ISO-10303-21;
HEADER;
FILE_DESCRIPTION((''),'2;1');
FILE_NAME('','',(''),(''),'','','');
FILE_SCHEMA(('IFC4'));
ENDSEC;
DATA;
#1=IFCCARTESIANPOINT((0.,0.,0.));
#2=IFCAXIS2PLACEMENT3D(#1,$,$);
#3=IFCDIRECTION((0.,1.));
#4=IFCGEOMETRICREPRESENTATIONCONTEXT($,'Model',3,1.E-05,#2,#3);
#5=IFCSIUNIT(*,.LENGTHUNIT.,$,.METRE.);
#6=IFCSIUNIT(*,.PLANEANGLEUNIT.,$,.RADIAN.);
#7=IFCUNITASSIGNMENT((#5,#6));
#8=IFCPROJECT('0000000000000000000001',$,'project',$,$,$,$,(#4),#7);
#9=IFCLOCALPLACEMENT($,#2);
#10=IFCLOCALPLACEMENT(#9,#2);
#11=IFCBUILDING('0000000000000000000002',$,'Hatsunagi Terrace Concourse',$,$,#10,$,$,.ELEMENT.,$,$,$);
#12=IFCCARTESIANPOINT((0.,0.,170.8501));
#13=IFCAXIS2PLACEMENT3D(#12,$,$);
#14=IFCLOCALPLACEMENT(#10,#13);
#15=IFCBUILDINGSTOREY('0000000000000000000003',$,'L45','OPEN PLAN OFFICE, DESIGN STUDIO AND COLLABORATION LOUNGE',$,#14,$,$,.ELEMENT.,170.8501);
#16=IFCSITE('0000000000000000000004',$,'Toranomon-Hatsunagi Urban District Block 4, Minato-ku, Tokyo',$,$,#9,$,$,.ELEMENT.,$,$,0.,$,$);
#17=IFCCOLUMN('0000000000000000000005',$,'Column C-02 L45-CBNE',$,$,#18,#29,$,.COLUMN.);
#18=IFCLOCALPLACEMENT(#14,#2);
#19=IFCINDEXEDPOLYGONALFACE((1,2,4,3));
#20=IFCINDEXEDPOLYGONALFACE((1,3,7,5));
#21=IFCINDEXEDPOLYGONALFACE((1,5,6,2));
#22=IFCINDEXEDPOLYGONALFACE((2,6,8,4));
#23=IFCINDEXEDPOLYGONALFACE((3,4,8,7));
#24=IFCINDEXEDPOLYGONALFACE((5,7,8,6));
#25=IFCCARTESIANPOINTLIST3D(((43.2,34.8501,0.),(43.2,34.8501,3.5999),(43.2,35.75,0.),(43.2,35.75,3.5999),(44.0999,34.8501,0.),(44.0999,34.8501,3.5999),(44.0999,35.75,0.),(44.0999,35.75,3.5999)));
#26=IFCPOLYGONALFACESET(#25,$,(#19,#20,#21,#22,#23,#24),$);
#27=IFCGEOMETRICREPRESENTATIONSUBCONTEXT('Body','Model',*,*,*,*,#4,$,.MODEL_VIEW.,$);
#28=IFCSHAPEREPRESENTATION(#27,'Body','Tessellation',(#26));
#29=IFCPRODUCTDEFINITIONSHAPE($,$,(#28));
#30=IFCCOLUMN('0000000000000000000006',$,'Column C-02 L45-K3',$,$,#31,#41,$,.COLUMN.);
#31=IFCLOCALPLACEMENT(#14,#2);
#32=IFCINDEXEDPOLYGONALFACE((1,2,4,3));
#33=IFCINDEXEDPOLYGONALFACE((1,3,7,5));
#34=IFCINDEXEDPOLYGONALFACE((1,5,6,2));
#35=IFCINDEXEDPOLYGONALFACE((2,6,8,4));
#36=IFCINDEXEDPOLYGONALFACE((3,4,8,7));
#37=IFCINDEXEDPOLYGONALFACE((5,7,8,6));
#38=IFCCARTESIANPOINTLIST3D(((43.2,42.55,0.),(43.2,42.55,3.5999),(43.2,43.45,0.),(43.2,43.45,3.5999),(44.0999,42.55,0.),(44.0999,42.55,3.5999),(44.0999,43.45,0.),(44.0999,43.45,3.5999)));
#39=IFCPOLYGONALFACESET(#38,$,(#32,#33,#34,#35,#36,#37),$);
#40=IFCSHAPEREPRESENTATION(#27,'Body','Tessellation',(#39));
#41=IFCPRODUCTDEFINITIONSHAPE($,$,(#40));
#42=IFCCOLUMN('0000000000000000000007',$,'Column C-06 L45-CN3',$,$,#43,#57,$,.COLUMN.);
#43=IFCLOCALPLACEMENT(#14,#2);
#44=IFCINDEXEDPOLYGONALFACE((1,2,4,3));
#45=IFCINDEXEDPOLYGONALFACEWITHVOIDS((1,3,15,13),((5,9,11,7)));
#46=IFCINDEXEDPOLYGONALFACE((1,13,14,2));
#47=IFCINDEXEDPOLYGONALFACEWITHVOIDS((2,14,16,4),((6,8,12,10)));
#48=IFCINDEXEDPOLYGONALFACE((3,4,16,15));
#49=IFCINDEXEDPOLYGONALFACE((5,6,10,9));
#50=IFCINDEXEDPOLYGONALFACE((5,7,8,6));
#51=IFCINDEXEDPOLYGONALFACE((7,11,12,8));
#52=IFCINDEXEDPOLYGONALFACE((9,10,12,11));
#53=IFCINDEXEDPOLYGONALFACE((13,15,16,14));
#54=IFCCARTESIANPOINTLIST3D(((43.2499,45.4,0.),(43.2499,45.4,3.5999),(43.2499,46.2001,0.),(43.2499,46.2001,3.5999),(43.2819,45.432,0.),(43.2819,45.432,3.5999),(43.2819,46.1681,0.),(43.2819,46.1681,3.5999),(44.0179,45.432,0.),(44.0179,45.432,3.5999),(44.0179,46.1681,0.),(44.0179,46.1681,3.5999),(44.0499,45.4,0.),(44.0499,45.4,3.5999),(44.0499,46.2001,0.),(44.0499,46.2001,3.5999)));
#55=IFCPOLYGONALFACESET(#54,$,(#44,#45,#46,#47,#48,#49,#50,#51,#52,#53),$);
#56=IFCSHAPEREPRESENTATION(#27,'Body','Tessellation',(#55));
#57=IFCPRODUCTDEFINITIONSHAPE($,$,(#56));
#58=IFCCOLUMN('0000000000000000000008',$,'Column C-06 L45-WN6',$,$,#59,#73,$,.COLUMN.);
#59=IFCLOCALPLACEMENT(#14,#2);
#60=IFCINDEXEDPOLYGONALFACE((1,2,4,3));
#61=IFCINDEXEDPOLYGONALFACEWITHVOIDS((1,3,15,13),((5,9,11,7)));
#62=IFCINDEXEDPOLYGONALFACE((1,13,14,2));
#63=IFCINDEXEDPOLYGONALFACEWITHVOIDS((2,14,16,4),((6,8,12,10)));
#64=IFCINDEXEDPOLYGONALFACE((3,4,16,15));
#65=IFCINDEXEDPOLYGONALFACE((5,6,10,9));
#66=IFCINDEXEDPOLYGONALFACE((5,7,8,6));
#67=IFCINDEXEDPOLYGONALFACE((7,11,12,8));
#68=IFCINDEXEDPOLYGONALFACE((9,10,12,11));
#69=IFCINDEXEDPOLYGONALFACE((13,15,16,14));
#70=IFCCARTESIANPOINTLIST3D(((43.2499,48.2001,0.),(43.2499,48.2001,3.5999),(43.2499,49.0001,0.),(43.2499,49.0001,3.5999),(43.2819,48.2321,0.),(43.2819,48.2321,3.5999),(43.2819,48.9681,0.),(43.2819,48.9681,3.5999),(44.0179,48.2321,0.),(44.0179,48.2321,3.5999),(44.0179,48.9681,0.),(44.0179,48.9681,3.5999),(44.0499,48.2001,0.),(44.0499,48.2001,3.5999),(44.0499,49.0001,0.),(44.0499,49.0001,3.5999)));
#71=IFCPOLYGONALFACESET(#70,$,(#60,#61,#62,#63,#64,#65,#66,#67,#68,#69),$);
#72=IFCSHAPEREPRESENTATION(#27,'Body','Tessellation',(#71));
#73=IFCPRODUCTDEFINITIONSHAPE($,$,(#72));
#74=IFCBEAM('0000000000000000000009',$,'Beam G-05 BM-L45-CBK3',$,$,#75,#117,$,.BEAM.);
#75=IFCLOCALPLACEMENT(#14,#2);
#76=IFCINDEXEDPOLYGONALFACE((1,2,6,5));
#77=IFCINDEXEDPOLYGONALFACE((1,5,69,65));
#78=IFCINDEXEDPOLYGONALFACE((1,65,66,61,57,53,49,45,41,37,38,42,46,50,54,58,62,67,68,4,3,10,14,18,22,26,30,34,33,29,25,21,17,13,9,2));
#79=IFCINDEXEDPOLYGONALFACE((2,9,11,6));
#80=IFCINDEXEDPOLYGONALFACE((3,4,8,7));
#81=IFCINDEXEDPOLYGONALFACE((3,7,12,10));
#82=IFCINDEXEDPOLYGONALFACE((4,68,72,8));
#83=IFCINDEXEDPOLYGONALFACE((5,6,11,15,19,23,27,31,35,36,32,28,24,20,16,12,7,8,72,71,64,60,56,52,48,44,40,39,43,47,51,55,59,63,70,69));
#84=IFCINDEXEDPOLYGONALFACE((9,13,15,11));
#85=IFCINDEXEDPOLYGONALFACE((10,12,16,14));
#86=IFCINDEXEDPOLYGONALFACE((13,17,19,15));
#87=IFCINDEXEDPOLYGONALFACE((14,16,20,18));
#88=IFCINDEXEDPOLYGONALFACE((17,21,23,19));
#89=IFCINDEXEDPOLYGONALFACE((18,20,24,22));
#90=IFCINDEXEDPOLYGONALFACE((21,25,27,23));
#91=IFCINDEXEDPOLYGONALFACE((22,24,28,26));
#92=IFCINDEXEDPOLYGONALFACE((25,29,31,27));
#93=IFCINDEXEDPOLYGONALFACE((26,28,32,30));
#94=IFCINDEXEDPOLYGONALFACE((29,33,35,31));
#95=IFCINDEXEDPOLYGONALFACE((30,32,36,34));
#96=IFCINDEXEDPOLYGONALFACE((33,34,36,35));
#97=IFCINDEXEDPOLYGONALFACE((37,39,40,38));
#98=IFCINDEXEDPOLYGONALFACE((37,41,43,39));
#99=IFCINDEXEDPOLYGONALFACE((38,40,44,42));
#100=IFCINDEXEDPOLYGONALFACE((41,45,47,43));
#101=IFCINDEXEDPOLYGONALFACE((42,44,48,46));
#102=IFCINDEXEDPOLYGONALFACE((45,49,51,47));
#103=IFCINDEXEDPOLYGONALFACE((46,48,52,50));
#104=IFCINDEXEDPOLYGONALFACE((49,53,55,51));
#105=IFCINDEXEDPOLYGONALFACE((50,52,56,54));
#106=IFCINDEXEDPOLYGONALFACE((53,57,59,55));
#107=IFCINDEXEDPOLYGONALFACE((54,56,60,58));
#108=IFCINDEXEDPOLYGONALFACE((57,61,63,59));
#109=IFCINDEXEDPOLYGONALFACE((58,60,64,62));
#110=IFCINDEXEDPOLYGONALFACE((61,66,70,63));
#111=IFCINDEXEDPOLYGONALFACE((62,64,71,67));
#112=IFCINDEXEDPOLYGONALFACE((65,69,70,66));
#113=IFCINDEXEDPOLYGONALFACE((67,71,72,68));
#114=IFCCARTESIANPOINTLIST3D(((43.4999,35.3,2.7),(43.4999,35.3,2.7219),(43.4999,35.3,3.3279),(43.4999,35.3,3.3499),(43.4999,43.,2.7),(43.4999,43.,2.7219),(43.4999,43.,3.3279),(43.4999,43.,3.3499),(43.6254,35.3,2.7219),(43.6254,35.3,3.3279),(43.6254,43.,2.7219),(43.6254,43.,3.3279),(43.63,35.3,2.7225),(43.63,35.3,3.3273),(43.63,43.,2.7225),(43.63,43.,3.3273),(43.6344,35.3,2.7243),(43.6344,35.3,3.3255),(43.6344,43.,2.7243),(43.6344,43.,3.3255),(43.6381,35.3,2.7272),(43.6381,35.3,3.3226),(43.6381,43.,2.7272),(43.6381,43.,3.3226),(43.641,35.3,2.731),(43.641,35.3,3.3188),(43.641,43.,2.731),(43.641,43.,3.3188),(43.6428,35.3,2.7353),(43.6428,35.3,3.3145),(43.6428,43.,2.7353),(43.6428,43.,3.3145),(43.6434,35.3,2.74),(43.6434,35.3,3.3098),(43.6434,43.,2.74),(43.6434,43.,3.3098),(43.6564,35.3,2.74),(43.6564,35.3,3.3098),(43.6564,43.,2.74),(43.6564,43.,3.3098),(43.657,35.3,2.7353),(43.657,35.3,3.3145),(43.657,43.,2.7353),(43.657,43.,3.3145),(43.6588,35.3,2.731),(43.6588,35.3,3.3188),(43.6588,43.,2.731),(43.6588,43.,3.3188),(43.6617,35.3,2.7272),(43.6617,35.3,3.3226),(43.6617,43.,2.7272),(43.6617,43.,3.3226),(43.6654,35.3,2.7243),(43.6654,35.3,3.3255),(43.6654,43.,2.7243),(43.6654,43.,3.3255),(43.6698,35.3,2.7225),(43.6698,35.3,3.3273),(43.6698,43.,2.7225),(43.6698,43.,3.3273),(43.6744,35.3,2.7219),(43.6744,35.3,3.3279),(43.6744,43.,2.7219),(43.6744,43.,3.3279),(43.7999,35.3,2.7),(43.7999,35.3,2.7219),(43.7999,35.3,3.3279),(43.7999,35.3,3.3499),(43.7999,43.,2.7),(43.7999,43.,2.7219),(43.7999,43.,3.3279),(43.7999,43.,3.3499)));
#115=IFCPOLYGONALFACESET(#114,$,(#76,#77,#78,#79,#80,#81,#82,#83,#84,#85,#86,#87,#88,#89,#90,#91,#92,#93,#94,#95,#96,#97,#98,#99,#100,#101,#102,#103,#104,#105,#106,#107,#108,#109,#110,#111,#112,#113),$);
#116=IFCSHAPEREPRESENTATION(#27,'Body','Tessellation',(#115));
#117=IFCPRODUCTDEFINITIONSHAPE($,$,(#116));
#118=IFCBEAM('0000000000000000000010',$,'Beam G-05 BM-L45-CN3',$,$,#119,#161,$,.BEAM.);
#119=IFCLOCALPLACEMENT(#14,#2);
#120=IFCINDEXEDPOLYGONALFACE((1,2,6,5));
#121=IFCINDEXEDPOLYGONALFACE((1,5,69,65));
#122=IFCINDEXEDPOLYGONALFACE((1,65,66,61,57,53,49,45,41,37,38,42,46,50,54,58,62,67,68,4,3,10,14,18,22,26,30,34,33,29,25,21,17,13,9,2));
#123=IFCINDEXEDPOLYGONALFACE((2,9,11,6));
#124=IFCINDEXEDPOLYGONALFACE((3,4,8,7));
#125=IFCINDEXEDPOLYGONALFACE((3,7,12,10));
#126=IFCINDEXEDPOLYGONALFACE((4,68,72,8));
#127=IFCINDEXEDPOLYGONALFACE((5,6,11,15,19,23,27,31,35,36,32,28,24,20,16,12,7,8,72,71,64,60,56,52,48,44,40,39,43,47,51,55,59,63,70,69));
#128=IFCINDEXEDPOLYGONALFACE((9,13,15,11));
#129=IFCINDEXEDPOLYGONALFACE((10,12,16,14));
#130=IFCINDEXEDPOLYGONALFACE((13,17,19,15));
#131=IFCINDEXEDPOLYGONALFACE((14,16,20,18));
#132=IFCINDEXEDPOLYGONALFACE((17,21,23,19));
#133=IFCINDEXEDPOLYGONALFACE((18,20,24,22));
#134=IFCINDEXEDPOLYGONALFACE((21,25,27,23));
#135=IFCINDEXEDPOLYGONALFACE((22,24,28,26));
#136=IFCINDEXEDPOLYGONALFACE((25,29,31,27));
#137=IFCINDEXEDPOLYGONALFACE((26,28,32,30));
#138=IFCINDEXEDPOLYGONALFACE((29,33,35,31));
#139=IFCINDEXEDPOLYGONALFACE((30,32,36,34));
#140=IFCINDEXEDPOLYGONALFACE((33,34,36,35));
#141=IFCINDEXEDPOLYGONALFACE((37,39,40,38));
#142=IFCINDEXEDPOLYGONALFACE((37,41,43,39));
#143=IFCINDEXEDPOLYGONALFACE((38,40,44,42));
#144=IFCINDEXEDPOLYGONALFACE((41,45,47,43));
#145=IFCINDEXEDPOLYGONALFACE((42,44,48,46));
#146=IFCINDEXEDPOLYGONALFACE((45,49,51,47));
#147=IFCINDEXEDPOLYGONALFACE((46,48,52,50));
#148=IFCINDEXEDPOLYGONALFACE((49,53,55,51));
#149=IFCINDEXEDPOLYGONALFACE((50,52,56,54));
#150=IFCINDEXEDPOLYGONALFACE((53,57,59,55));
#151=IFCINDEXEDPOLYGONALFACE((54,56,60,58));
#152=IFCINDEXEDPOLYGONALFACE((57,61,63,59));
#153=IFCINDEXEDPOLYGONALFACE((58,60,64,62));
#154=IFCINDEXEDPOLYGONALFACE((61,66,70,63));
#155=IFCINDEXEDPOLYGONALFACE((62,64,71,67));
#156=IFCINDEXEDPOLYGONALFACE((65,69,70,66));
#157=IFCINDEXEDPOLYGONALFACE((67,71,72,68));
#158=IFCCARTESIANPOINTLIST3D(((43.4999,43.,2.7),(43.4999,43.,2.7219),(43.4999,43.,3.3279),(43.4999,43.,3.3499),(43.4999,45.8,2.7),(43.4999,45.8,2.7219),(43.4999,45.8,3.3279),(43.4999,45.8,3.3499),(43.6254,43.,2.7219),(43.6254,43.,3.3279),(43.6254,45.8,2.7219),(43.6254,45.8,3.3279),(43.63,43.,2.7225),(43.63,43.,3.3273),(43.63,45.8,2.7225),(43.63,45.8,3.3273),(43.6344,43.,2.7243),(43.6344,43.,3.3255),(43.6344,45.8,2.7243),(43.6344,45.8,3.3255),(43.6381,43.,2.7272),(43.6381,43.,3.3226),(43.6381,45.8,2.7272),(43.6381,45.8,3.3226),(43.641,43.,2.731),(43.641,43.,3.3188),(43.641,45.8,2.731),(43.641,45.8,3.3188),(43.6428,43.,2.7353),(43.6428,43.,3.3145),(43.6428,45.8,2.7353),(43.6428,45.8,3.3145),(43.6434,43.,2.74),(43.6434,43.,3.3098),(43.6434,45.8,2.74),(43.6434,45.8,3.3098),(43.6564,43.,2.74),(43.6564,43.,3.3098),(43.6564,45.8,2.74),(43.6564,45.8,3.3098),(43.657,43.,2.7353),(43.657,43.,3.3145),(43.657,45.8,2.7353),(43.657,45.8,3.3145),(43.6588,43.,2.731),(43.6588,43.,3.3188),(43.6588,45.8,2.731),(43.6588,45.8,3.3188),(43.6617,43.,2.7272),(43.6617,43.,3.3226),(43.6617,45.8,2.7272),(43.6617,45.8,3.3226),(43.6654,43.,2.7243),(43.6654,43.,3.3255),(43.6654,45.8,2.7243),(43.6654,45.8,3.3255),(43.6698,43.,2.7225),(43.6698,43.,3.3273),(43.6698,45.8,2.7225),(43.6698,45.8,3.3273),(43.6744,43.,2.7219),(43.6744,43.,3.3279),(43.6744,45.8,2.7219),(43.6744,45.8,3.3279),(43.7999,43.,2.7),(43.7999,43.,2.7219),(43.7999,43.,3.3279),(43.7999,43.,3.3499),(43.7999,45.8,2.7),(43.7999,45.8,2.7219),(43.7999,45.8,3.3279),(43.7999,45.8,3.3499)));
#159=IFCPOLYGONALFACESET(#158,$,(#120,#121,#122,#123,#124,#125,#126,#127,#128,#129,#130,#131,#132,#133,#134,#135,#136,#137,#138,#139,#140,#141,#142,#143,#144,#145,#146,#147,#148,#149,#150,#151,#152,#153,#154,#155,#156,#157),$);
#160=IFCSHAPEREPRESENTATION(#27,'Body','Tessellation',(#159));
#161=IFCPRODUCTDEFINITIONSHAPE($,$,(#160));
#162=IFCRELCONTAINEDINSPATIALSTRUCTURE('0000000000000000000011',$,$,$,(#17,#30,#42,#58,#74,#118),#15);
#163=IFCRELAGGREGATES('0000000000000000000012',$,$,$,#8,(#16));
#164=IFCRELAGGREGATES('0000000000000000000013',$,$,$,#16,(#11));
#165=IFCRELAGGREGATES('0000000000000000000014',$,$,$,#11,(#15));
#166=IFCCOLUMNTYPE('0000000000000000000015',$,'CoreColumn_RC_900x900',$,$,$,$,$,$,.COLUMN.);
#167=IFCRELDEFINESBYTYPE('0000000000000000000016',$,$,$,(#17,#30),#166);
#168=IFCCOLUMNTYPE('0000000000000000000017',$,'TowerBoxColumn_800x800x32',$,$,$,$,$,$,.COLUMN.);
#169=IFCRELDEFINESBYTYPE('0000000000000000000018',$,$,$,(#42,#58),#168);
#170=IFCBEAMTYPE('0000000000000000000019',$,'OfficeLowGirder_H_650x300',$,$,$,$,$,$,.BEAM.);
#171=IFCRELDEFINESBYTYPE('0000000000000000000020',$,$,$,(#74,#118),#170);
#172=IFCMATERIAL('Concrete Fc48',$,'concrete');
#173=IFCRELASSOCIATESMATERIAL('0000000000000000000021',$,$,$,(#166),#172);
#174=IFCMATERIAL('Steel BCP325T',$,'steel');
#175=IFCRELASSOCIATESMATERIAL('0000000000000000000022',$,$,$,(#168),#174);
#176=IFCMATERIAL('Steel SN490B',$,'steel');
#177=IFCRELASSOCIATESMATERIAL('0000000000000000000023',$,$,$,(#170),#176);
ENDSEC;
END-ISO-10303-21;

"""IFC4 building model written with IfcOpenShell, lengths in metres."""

from ifc_helpers import new_model, si_unit, direction, frame, origin, origin_2d, place, context, subcontext, project, spatial, rectangle, hollow_rectangle, i_section, extrude, material, material_profile, profile_set, type_object, element, save


model = new_model("IFC4")

# Units and contexts
model_context = context("Model", 3, precision=1e-05, world=origin(), true_north=direction((0.0, 1.0)))
body_context = subcontext(model_context, "Body", "Model", "MODEL_VIEW")
ifc_project = project(units=[si_unit("LENGTHUNIT", "METRE"), si_unit("PLANEANGLEUNIT", "RADIAN")], contexts=[model_context])

# Site, building, storey
site_placement = place(None, origin())
site = spatial("IfcSite", under=ifc_project, at=site_placement, Name="Toranomon-Hatsunagi Urban District Block 4, Minato-ku, Tokyo", CompositionType="ELEMENT", RefElevation=0.0)
building_placement = place(site_placement, origin())
building = spatial("IfcBuilding", under=site, at=building_placement, Name="Hatsunagi Terrace Concourse", CompositionType="ELEMENT")
storey_placement = place(building_placement, frame((0.0, 0.0, 170.8501)))
storey = spatial("IfcBuildingStorey", under=building, at=storey_placement, Name="L45", Description="OPEN PLAN OFFICE, DESIGN STUDIO AND COLLABORATION LOUNGE", CompositionType="ELEMENT", Elevation=170.8501)

# Columns
ifc_material_1 = material(Name="Concrete Fc48", Category="concrete")
ifc_material_profile_1 = material_profile(ifc_material_1, rectangle(XDim=0.8999, YDim=0.8999, at=origin_2d()), Name="RC-900x900")
ifc_profile_set_1 = profile_set([ifc_material_profile_1], Name="Concrete Fc48")
column_type_1 = type_object("IfcColumnType", Name="CoreColumn_RC_900x900", PredefinedType="COLUMN", material=ifc_profile_set_1)
for number, where, z_axis, x_axis, name in (
    (1, (43.6499, 35.3, 0.0), (0.0, 0.0, 1.0), (1.0, 0.0, 0.0), "Column C-02 L45-CBNE"),
    (2, (43.6499, 43.0, 0.0), (0.0, 0.0, 1.0), (1.0, 0.0, 0.0), "Column C-02 L45-K3"),
):
    element("IfcColumn", number, at=place(storey_placement, frame(where, z_axis=z_axis, x_axis=x_axis)), inside=storey, type_object=column_type_1, Name=name, PredefinedType="COLUMN", context=body_context, shape_type="SweptSolid", body=[
        extrude(rectangle(XDim=0.8999, YDim=0.8999, at=origin_2d()), origin(), (0.0, 0.0, 1.0), 3.5999),
    ])
ifc_material_2 = material(Name="Steel BCP325T", Category="steel")
ifc_material_profile_2 = material_profile(ifc_material_2, hollow_rectangle(XDim=0.8, YDim=0.8, WallThickness=0.032, at=origin_2d()), Name="BCP-800x800x32")
ifc_profile_set_2 = profile_set([ifc_material_profile_2], Name="Steel BCP325T")
column_type_2 = type_object("IfcColumnType", Name="TowerBoxColumn_800x800x32", PredefinedType="COLUMN", material=ifc_profile_set_2)
for number, where, z_axis, x_axis, name in (
    (3, (43.6499, 45.8, 0.0), (0.0, 0.0, 1.0), (1.0, 0.0, 0.0), "Column C-06 L45-CN3"),
    (4, (43.6499, 48.6001, 0.0), (0.0, 0.0, 1.0), (1.0, 0.0, 0.0), "Column C-06 L45-WN6"),
):
    element("IfcColumn", number, at=place(storey_placement, frame(where, z_axis=z_axis, x_axis=x_axis)), inside=storey, type_object=column_type_2, Name=name, PredefinedType="COLUMN", context=body_context, shape_type="SweptSolid", body=[
        extrude(hollow_rectangle(XDim=0.8, YDim=0.8, WallThickness=0.032, at=origin_2d()), origin(), (0.0, 0.0, 1.0), 3.5999),
    ])

# Beams
ifc_material_3 = material(Name="Steel SN490B", Category="steel")
ifc_material_profile_3 = material_profile(ifc_material_3, i_section(OverallWidth=0.3, OverallDepth=0.6499, WebThickness=0.0129, FlangeThickness=0.022, FilletRadius=0.0181, at=origin_2d()), Name="H-650x300x13x22")
ifc_profile_set_3 = profile_set([ifc_material_profile_3], Name="Steel SN490B")
beam_type_1 = type_object("IfcBeamType", Name="OfficeLowGirder_H_650x300", PredefinedType="BEAM", material=ifc_profile_set_3)
beam_1_placement = place(storey_placement, frame((43.6499, 35.3, 3.0249), z_axis=(0.0, 1.0, 0.0), x_axis=(-1.0, 0.0, 0.0)))
element("IfcBeam", 5, at=beam_1_placement, inside=storey, type_object=beam_type_1, Name="Beam G-05 BM-L45-CBK3", PredefinedType="BEAM", context=body_context, shape_type="SweptSolid", body=[
    extrude(i_section(OverallWidth=0.3, OverallDepth=0.6499, WebThickness=0.0129, FlangeThickness=0.022, FilletRadius=0.0181, at=origin_2d()), origin(), (0.0, 0.0, 1.0), 7.7),
])
for number, where, z_axis, x_axis, name in (
    (6, (43.6499, 43.0, 3.0249), (0.0, 1.0, 0.0), (-1.0, 0.0, 0.0), "Beam G-05 BM-L45-CN3"),
):
    element("IfcBeam", number, at=place(storey_placement, frame(where, z_axis=z_axis, x_axis=x_axis)), inside=storey, type_object=beam_type_1, Name=name, PredefinedType="BEAM", context=body_context, shape_type="SweptSolid", body=[
        extrude(i_section(OverallWidth=0.3, OverallDepth=0.6499, WebThickness=0.0129, FlangeThickness=0.022, FilletRadius=0.0181, at=origin_2d()), origin(), (0.0, 0.0, 1.0), 2.8),
    ])

save(model, "model.ifc")
